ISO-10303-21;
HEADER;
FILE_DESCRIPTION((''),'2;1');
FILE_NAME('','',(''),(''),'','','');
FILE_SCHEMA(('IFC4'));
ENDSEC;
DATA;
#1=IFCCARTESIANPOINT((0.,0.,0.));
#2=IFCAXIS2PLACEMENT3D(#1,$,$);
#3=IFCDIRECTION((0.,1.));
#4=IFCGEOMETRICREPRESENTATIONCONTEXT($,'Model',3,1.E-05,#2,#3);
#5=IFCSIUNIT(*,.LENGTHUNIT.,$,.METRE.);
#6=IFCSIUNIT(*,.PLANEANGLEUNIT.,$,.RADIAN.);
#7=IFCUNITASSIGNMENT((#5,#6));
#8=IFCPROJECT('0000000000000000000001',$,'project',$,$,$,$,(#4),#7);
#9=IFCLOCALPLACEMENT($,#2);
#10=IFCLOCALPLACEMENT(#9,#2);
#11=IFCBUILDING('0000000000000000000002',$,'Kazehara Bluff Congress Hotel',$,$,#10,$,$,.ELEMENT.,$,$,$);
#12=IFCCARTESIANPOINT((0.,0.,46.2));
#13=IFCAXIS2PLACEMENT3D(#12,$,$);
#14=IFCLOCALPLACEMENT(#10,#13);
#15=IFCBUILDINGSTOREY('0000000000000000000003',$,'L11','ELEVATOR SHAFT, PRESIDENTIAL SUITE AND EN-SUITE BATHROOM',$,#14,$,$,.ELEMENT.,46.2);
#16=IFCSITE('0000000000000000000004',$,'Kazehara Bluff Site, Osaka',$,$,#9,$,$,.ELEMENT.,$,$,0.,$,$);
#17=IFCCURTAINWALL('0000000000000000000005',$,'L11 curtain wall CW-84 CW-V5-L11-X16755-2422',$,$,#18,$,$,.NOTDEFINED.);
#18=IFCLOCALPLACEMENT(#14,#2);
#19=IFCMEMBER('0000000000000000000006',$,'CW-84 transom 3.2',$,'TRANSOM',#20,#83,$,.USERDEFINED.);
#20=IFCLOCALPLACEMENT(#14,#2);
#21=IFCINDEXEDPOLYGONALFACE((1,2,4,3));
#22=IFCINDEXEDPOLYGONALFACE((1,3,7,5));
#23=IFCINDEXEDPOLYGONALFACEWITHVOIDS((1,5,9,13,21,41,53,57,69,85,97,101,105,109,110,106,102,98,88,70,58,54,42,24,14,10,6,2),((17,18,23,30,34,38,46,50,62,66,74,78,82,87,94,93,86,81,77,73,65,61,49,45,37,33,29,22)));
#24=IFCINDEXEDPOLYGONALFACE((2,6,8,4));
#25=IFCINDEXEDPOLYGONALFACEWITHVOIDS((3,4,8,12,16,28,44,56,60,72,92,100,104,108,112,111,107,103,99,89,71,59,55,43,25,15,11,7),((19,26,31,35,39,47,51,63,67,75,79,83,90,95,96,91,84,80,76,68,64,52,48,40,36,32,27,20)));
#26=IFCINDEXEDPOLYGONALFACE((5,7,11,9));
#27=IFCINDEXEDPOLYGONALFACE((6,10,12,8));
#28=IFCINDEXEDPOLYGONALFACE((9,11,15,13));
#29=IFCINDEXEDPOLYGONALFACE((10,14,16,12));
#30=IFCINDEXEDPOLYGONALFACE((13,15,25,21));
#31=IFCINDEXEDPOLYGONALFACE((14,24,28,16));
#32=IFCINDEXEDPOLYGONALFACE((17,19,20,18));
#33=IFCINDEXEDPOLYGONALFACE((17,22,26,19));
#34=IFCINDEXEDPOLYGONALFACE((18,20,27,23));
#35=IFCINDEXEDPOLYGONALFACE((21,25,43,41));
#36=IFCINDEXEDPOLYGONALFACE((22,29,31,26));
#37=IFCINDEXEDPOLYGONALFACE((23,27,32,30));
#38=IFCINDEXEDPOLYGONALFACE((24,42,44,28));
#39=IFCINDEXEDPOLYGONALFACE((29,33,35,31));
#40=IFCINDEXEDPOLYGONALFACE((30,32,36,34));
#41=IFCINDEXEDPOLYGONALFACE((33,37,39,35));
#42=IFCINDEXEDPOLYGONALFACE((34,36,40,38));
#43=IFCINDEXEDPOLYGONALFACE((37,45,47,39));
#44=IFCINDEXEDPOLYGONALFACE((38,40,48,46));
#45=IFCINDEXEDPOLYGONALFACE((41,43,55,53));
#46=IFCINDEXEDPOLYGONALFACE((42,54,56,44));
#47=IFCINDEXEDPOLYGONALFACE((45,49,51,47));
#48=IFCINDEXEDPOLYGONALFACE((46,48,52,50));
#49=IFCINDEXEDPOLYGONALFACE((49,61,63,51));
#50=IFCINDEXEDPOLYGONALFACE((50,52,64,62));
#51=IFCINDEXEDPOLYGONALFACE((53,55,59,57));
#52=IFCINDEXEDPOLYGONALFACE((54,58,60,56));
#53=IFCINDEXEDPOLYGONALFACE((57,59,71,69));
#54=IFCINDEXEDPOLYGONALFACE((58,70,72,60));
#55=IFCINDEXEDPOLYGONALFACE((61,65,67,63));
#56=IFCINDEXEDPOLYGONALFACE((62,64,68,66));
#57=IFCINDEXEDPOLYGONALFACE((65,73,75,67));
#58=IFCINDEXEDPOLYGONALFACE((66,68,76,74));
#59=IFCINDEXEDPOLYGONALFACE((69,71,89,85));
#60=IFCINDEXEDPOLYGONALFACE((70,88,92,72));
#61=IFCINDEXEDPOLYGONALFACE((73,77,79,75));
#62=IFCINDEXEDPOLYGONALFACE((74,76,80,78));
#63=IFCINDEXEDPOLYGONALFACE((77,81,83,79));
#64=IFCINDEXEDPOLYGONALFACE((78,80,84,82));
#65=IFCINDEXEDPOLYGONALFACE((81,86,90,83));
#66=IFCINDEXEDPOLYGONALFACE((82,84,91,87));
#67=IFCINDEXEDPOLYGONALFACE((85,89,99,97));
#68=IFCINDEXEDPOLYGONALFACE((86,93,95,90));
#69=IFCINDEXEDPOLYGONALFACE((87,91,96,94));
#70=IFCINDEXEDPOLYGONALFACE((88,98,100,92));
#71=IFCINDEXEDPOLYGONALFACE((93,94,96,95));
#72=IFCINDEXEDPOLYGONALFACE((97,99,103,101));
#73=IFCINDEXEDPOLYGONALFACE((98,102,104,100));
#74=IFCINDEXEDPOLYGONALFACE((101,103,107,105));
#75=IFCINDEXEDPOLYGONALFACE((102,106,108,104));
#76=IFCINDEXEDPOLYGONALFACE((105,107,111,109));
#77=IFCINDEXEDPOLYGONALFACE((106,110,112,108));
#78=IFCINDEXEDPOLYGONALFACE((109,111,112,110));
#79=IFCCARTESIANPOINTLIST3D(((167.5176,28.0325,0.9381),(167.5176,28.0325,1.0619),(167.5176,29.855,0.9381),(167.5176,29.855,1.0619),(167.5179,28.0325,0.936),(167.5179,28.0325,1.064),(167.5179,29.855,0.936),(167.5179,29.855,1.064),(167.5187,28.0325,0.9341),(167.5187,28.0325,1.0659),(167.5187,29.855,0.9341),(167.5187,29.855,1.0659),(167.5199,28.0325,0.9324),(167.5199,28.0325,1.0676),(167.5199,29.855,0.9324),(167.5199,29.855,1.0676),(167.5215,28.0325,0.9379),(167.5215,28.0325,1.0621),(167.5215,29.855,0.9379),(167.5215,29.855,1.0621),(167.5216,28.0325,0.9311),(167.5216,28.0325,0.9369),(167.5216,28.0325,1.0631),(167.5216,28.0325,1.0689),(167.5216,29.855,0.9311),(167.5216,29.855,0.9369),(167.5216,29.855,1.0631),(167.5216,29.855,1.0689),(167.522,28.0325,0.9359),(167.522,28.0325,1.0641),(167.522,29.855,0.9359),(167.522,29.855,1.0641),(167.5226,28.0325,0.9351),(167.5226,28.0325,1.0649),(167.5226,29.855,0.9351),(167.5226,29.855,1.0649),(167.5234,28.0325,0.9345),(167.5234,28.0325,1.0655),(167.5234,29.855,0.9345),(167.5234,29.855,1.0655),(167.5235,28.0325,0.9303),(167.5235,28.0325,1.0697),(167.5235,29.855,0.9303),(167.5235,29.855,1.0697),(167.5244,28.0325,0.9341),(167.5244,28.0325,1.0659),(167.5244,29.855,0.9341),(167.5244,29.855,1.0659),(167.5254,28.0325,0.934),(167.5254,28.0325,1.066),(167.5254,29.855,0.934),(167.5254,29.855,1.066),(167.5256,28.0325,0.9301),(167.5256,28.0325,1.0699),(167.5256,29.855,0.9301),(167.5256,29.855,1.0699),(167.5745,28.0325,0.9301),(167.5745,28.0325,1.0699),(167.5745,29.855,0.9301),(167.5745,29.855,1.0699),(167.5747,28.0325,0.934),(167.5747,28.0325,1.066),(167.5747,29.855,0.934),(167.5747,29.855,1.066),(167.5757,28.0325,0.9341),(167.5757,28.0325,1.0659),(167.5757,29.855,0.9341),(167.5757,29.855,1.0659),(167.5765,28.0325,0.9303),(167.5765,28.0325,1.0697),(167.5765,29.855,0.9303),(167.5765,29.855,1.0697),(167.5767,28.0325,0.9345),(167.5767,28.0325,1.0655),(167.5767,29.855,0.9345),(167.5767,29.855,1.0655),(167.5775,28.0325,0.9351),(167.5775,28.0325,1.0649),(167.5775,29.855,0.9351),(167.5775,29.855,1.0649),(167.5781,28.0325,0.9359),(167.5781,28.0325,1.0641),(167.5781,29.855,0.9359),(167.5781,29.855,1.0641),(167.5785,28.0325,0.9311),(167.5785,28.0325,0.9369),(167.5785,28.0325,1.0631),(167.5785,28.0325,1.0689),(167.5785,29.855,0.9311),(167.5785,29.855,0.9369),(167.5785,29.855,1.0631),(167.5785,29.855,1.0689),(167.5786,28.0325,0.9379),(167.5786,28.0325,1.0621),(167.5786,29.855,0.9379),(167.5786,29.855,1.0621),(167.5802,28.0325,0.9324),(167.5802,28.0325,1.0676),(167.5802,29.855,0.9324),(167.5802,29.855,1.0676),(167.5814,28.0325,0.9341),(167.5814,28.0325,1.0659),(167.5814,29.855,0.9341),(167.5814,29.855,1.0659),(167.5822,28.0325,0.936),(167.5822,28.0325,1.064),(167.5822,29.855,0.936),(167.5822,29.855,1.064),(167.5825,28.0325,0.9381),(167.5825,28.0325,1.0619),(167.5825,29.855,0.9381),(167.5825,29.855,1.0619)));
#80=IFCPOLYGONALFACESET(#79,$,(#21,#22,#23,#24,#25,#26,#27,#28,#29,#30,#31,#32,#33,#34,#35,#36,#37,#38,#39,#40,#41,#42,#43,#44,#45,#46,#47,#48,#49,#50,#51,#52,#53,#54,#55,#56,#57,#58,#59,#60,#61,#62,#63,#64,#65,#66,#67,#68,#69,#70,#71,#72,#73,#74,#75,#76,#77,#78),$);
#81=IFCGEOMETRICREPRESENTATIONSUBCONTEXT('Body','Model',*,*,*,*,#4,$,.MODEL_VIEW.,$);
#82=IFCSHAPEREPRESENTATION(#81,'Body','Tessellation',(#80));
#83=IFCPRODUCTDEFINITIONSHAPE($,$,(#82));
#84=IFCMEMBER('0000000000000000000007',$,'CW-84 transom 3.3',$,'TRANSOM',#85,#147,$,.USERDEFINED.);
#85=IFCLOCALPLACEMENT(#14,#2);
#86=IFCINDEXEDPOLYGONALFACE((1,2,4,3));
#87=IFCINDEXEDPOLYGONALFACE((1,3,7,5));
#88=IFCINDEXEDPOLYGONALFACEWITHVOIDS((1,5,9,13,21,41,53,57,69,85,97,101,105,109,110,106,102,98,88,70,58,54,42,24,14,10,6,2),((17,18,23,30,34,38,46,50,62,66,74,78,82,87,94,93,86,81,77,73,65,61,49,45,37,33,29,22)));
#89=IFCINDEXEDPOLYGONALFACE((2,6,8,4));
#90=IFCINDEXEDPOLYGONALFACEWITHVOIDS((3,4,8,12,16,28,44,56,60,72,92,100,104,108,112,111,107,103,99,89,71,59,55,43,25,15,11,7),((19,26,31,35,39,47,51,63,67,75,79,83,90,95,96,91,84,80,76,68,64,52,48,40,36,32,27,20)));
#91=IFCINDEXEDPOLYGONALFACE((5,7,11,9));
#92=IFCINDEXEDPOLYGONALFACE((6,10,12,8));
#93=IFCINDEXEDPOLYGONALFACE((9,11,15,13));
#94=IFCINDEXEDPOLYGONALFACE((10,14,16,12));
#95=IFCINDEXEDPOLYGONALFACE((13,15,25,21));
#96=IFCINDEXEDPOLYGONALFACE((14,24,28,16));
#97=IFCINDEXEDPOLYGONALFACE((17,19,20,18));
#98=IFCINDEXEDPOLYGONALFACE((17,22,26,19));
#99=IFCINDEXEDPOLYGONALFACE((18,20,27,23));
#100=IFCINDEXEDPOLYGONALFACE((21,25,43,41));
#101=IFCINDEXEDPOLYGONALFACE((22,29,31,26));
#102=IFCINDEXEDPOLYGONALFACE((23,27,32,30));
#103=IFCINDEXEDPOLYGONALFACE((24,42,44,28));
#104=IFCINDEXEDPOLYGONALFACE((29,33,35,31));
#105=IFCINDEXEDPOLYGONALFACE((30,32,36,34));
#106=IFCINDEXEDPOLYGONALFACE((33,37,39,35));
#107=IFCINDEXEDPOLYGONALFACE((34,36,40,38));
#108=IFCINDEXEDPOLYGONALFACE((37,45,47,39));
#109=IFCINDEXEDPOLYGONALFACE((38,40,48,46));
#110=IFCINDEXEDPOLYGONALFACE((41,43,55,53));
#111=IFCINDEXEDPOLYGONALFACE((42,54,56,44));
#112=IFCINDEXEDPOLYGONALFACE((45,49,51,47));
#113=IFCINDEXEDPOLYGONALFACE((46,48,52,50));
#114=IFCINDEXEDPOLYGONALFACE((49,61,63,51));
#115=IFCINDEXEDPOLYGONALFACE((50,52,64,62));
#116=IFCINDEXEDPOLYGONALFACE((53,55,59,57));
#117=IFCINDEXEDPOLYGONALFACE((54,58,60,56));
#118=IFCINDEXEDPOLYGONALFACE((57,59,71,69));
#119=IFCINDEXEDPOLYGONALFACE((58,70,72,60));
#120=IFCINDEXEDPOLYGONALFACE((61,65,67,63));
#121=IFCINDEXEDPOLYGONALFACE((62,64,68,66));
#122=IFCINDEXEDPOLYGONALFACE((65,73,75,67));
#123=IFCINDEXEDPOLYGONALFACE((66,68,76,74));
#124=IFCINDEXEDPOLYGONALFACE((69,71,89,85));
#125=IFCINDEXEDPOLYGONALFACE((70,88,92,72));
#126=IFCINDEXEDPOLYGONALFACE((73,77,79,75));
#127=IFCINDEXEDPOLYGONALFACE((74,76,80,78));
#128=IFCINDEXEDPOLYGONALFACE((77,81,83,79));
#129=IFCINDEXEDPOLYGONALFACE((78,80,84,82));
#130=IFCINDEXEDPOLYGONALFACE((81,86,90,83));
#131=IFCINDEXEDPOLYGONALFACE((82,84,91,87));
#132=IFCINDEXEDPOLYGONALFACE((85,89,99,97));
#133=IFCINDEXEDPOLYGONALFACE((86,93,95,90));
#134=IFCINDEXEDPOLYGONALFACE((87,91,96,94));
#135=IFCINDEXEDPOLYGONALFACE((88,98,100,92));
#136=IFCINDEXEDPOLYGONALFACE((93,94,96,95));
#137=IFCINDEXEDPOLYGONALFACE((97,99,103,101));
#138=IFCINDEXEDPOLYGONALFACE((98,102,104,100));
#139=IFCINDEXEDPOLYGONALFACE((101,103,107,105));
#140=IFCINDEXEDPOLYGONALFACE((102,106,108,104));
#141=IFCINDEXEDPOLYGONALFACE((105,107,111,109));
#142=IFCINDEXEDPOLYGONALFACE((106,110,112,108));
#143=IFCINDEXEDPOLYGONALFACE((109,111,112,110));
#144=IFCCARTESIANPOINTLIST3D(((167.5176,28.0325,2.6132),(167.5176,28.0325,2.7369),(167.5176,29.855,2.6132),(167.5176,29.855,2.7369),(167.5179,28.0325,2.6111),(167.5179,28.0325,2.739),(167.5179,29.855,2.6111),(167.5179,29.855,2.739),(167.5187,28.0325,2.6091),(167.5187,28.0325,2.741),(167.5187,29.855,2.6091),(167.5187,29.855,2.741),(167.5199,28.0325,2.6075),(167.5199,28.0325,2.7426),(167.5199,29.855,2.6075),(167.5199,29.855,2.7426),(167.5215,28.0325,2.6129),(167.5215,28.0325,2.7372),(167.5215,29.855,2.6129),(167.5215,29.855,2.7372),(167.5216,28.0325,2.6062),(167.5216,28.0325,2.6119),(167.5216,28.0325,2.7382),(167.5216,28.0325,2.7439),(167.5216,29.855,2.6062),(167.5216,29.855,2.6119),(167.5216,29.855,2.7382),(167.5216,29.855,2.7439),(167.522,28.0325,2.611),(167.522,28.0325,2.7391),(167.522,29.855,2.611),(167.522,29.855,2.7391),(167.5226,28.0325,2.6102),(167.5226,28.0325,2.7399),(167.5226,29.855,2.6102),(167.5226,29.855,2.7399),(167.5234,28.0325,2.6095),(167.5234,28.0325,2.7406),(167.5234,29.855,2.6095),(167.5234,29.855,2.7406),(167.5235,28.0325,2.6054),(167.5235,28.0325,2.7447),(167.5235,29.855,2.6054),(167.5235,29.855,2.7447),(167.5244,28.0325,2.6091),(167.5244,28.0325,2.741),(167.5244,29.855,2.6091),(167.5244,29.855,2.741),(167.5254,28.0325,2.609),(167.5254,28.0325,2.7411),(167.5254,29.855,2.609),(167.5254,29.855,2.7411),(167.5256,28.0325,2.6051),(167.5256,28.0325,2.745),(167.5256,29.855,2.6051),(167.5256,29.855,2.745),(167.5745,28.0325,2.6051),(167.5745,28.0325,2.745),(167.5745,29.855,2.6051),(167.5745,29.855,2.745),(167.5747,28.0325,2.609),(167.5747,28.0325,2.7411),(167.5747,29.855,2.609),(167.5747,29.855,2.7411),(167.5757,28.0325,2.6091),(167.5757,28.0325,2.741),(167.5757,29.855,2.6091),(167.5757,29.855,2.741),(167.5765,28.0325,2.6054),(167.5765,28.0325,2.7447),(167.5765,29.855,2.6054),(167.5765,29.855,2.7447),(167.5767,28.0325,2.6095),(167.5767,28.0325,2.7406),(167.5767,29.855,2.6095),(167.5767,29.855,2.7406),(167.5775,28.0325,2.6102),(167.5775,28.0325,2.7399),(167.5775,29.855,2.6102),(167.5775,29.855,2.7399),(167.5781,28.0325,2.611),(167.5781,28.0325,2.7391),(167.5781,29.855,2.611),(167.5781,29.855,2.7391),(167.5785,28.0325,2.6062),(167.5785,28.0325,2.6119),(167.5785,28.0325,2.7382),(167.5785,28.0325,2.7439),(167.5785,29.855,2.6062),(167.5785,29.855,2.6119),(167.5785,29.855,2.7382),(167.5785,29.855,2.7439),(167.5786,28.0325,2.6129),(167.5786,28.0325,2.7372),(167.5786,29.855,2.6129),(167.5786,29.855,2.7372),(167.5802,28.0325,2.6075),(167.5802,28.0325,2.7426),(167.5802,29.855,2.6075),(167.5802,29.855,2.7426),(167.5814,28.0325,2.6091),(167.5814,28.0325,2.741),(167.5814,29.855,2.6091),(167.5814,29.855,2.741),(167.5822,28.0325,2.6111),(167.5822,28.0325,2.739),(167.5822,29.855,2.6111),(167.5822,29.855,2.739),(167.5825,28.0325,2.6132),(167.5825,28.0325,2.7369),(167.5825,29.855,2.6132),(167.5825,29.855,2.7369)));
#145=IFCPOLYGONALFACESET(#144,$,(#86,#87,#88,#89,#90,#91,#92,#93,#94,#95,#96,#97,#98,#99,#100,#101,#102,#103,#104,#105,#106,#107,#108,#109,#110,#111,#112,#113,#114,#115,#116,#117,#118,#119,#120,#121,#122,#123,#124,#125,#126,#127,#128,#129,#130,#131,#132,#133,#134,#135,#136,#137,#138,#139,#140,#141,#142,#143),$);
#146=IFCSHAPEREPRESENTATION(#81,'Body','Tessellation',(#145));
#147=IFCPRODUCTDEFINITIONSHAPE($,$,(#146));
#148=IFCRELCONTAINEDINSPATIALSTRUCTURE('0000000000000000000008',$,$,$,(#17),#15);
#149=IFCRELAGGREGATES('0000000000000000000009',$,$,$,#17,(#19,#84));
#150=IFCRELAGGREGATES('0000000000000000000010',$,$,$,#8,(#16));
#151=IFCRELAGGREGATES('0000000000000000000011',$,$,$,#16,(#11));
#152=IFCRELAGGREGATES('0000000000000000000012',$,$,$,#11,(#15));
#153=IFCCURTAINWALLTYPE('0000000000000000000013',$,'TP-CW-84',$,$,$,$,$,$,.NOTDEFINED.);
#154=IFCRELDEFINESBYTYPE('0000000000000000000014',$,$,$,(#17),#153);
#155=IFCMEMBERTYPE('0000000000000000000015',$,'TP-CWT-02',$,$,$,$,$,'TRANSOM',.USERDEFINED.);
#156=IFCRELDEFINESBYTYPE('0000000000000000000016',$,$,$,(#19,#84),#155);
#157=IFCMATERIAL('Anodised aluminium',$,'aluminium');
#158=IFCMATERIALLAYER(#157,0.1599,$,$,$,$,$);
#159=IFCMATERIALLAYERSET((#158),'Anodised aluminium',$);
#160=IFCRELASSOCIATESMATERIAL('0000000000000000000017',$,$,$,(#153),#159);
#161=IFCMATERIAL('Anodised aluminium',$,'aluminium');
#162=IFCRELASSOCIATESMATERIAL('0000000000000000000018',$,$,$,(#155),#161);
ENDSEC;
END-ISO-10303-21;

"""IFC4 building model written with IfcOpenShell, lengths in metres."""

from ifc_helpers import new_model, si_unit, direction, frame, origin, origin_2d, place, context, subcontext, project, spatial, hollow_rectangle, extrude, material, layer, layer_set, material_profile, profile_set, type_object, element, aggregate, save


model = new_model("IFC4")

# Units and contexts
model_context = context("Model", 3, precision=1e-05, world=origin(), true_north=direction((0.0, 1.0)))
body_context = subcontext(model_context, "Body", "Model", "MODEL_VIEW")
ifc_project = project(units=[si_unit("LENGTHUNIT", "METRE"), si_unit("PLANEANGLEUNIT", "RADIAN")], contexts=[model_context])

# Site, building, storey
site_placement = place(None, origin())
site = spatial("IfcSite", under=ifc_project, at=site_placement, Name="Kazehara Bluff Site, Osaka", CompositionType="ELEMENT", RefElevation=0.0)
building_placement = place(site_placement, origin())
building = spatial("IfcBuilding", under=site, at=building_placement, Name="Kazehara Bluff Congress Hotel", CompositionType="ELEMENT")
storey_placement = place(building_placement, frame((0.0, 0.0, 46.2)))
storey = spatial("IfcBuildingStorey", under=building, at=storey_placement, Name="L11", Description="ELEVATOR SHAFT, PRESIDENTIAL SUITE AND EN-SUITE BATHROOM", CompositionType="ELEMENT", Elevation=46.2)

# Curtain wall, members
ifc_material_1 = material(Name="Anodised aluminium", Category="aluminium")
ifc_layer_1 = layer(ifc_material_1, 0.1599)
ifc_layer_set_1 = layer_set([ifc_layer_1], Name="Anodised aluminium")
curtain_wall_type = type_object("IfcCurtainWallType", Name="TP-CW-84", PredefinedType="NOTDEFINED", material=ifc_layer_set_1)
curtain_wall_placement = place(storey_placement, origin())
curtain_wall = element("IfcCurtainWall", 1, at=curtain_wall_placement, inside=storey, type_object=curtain_wall_type, Name="L11 curtain wall CW-84 CW-V5-L11-X16755-2422", PredefinedType="NOTDEFINED")
ifc_material_2 = material(Name="Anodised aluminium", Category="aluminium")
ifc_material_profile_1 = material_profile(ifc_material_2, hollow_rectangle(XDim=0.0649, YDim=0.1399, WallThickness=0.0039, InnerFilletRadius=0.0039, OuterFilletRadius=0.0081, at=origin_2d()))
ifc_profile_set_1 = profile_set([ifc_material_profile_1], Name="Anodised aluminium")
member_type_1 = type_object("IfcMemberType", Name="TP-CWT-02", ElementType="TRANSOM", PredefinedType="USERDEFINED", material=ifc_profile_set_1)
member_1_placement = place(storey_placement, frame((167.55, 28.0325, 1.0), z_axis=(0.0, 1.0, 0.0), x_axis=(-1.0, 0.0, 0.0)))
member_1 = element("IfcMember", 2, at=member_1_placement, type_object=member_type_1, Name="CW-84 transom 3.2", ObjectType="TRANSOM", PredefinedType="USERDEFINED", context=body_context, shape_type="SweptSolid", body=[
    extrude(hollow_rectangle(XDim=0.0649, YDim=0.1399, WallThickness=0.0039, InnerFilletRadius=0.0039, OuterFilletRadius=0.0081, at=origin_2d()), origin(), (0.0, 0.0, 1.0), 1.8225),
])
member_2_placement = place(storey_placement, frame((167.55, 28.0325, 2.675), z_axis=(0.0, 1.0, 0.0), x_axis=(-1.0, 0.0, 0.0)))
member_2 = element("IfcMember", 3, at=member_2_placement, type_object=member_type_1, Name="CW-84 transom 3.3", ObjectType="TRANSOM", PredefinedType="USERDEFINED", context=body_context, shape_type="SweptSolid", body=[
    extrude(hollow_rectangle(XDim=0.0649, YDim=0.1399, WallThickness=0.0039, InnerFilletRadius=0.0039, OuterFilletRadius=0.0081, at=origin_2d()), origin(), (0.0, 0.0, 1.0), 1.8225),
])

aggregate(curtain_wall, [member_1, member_2])

save(model, "model.ifc")
